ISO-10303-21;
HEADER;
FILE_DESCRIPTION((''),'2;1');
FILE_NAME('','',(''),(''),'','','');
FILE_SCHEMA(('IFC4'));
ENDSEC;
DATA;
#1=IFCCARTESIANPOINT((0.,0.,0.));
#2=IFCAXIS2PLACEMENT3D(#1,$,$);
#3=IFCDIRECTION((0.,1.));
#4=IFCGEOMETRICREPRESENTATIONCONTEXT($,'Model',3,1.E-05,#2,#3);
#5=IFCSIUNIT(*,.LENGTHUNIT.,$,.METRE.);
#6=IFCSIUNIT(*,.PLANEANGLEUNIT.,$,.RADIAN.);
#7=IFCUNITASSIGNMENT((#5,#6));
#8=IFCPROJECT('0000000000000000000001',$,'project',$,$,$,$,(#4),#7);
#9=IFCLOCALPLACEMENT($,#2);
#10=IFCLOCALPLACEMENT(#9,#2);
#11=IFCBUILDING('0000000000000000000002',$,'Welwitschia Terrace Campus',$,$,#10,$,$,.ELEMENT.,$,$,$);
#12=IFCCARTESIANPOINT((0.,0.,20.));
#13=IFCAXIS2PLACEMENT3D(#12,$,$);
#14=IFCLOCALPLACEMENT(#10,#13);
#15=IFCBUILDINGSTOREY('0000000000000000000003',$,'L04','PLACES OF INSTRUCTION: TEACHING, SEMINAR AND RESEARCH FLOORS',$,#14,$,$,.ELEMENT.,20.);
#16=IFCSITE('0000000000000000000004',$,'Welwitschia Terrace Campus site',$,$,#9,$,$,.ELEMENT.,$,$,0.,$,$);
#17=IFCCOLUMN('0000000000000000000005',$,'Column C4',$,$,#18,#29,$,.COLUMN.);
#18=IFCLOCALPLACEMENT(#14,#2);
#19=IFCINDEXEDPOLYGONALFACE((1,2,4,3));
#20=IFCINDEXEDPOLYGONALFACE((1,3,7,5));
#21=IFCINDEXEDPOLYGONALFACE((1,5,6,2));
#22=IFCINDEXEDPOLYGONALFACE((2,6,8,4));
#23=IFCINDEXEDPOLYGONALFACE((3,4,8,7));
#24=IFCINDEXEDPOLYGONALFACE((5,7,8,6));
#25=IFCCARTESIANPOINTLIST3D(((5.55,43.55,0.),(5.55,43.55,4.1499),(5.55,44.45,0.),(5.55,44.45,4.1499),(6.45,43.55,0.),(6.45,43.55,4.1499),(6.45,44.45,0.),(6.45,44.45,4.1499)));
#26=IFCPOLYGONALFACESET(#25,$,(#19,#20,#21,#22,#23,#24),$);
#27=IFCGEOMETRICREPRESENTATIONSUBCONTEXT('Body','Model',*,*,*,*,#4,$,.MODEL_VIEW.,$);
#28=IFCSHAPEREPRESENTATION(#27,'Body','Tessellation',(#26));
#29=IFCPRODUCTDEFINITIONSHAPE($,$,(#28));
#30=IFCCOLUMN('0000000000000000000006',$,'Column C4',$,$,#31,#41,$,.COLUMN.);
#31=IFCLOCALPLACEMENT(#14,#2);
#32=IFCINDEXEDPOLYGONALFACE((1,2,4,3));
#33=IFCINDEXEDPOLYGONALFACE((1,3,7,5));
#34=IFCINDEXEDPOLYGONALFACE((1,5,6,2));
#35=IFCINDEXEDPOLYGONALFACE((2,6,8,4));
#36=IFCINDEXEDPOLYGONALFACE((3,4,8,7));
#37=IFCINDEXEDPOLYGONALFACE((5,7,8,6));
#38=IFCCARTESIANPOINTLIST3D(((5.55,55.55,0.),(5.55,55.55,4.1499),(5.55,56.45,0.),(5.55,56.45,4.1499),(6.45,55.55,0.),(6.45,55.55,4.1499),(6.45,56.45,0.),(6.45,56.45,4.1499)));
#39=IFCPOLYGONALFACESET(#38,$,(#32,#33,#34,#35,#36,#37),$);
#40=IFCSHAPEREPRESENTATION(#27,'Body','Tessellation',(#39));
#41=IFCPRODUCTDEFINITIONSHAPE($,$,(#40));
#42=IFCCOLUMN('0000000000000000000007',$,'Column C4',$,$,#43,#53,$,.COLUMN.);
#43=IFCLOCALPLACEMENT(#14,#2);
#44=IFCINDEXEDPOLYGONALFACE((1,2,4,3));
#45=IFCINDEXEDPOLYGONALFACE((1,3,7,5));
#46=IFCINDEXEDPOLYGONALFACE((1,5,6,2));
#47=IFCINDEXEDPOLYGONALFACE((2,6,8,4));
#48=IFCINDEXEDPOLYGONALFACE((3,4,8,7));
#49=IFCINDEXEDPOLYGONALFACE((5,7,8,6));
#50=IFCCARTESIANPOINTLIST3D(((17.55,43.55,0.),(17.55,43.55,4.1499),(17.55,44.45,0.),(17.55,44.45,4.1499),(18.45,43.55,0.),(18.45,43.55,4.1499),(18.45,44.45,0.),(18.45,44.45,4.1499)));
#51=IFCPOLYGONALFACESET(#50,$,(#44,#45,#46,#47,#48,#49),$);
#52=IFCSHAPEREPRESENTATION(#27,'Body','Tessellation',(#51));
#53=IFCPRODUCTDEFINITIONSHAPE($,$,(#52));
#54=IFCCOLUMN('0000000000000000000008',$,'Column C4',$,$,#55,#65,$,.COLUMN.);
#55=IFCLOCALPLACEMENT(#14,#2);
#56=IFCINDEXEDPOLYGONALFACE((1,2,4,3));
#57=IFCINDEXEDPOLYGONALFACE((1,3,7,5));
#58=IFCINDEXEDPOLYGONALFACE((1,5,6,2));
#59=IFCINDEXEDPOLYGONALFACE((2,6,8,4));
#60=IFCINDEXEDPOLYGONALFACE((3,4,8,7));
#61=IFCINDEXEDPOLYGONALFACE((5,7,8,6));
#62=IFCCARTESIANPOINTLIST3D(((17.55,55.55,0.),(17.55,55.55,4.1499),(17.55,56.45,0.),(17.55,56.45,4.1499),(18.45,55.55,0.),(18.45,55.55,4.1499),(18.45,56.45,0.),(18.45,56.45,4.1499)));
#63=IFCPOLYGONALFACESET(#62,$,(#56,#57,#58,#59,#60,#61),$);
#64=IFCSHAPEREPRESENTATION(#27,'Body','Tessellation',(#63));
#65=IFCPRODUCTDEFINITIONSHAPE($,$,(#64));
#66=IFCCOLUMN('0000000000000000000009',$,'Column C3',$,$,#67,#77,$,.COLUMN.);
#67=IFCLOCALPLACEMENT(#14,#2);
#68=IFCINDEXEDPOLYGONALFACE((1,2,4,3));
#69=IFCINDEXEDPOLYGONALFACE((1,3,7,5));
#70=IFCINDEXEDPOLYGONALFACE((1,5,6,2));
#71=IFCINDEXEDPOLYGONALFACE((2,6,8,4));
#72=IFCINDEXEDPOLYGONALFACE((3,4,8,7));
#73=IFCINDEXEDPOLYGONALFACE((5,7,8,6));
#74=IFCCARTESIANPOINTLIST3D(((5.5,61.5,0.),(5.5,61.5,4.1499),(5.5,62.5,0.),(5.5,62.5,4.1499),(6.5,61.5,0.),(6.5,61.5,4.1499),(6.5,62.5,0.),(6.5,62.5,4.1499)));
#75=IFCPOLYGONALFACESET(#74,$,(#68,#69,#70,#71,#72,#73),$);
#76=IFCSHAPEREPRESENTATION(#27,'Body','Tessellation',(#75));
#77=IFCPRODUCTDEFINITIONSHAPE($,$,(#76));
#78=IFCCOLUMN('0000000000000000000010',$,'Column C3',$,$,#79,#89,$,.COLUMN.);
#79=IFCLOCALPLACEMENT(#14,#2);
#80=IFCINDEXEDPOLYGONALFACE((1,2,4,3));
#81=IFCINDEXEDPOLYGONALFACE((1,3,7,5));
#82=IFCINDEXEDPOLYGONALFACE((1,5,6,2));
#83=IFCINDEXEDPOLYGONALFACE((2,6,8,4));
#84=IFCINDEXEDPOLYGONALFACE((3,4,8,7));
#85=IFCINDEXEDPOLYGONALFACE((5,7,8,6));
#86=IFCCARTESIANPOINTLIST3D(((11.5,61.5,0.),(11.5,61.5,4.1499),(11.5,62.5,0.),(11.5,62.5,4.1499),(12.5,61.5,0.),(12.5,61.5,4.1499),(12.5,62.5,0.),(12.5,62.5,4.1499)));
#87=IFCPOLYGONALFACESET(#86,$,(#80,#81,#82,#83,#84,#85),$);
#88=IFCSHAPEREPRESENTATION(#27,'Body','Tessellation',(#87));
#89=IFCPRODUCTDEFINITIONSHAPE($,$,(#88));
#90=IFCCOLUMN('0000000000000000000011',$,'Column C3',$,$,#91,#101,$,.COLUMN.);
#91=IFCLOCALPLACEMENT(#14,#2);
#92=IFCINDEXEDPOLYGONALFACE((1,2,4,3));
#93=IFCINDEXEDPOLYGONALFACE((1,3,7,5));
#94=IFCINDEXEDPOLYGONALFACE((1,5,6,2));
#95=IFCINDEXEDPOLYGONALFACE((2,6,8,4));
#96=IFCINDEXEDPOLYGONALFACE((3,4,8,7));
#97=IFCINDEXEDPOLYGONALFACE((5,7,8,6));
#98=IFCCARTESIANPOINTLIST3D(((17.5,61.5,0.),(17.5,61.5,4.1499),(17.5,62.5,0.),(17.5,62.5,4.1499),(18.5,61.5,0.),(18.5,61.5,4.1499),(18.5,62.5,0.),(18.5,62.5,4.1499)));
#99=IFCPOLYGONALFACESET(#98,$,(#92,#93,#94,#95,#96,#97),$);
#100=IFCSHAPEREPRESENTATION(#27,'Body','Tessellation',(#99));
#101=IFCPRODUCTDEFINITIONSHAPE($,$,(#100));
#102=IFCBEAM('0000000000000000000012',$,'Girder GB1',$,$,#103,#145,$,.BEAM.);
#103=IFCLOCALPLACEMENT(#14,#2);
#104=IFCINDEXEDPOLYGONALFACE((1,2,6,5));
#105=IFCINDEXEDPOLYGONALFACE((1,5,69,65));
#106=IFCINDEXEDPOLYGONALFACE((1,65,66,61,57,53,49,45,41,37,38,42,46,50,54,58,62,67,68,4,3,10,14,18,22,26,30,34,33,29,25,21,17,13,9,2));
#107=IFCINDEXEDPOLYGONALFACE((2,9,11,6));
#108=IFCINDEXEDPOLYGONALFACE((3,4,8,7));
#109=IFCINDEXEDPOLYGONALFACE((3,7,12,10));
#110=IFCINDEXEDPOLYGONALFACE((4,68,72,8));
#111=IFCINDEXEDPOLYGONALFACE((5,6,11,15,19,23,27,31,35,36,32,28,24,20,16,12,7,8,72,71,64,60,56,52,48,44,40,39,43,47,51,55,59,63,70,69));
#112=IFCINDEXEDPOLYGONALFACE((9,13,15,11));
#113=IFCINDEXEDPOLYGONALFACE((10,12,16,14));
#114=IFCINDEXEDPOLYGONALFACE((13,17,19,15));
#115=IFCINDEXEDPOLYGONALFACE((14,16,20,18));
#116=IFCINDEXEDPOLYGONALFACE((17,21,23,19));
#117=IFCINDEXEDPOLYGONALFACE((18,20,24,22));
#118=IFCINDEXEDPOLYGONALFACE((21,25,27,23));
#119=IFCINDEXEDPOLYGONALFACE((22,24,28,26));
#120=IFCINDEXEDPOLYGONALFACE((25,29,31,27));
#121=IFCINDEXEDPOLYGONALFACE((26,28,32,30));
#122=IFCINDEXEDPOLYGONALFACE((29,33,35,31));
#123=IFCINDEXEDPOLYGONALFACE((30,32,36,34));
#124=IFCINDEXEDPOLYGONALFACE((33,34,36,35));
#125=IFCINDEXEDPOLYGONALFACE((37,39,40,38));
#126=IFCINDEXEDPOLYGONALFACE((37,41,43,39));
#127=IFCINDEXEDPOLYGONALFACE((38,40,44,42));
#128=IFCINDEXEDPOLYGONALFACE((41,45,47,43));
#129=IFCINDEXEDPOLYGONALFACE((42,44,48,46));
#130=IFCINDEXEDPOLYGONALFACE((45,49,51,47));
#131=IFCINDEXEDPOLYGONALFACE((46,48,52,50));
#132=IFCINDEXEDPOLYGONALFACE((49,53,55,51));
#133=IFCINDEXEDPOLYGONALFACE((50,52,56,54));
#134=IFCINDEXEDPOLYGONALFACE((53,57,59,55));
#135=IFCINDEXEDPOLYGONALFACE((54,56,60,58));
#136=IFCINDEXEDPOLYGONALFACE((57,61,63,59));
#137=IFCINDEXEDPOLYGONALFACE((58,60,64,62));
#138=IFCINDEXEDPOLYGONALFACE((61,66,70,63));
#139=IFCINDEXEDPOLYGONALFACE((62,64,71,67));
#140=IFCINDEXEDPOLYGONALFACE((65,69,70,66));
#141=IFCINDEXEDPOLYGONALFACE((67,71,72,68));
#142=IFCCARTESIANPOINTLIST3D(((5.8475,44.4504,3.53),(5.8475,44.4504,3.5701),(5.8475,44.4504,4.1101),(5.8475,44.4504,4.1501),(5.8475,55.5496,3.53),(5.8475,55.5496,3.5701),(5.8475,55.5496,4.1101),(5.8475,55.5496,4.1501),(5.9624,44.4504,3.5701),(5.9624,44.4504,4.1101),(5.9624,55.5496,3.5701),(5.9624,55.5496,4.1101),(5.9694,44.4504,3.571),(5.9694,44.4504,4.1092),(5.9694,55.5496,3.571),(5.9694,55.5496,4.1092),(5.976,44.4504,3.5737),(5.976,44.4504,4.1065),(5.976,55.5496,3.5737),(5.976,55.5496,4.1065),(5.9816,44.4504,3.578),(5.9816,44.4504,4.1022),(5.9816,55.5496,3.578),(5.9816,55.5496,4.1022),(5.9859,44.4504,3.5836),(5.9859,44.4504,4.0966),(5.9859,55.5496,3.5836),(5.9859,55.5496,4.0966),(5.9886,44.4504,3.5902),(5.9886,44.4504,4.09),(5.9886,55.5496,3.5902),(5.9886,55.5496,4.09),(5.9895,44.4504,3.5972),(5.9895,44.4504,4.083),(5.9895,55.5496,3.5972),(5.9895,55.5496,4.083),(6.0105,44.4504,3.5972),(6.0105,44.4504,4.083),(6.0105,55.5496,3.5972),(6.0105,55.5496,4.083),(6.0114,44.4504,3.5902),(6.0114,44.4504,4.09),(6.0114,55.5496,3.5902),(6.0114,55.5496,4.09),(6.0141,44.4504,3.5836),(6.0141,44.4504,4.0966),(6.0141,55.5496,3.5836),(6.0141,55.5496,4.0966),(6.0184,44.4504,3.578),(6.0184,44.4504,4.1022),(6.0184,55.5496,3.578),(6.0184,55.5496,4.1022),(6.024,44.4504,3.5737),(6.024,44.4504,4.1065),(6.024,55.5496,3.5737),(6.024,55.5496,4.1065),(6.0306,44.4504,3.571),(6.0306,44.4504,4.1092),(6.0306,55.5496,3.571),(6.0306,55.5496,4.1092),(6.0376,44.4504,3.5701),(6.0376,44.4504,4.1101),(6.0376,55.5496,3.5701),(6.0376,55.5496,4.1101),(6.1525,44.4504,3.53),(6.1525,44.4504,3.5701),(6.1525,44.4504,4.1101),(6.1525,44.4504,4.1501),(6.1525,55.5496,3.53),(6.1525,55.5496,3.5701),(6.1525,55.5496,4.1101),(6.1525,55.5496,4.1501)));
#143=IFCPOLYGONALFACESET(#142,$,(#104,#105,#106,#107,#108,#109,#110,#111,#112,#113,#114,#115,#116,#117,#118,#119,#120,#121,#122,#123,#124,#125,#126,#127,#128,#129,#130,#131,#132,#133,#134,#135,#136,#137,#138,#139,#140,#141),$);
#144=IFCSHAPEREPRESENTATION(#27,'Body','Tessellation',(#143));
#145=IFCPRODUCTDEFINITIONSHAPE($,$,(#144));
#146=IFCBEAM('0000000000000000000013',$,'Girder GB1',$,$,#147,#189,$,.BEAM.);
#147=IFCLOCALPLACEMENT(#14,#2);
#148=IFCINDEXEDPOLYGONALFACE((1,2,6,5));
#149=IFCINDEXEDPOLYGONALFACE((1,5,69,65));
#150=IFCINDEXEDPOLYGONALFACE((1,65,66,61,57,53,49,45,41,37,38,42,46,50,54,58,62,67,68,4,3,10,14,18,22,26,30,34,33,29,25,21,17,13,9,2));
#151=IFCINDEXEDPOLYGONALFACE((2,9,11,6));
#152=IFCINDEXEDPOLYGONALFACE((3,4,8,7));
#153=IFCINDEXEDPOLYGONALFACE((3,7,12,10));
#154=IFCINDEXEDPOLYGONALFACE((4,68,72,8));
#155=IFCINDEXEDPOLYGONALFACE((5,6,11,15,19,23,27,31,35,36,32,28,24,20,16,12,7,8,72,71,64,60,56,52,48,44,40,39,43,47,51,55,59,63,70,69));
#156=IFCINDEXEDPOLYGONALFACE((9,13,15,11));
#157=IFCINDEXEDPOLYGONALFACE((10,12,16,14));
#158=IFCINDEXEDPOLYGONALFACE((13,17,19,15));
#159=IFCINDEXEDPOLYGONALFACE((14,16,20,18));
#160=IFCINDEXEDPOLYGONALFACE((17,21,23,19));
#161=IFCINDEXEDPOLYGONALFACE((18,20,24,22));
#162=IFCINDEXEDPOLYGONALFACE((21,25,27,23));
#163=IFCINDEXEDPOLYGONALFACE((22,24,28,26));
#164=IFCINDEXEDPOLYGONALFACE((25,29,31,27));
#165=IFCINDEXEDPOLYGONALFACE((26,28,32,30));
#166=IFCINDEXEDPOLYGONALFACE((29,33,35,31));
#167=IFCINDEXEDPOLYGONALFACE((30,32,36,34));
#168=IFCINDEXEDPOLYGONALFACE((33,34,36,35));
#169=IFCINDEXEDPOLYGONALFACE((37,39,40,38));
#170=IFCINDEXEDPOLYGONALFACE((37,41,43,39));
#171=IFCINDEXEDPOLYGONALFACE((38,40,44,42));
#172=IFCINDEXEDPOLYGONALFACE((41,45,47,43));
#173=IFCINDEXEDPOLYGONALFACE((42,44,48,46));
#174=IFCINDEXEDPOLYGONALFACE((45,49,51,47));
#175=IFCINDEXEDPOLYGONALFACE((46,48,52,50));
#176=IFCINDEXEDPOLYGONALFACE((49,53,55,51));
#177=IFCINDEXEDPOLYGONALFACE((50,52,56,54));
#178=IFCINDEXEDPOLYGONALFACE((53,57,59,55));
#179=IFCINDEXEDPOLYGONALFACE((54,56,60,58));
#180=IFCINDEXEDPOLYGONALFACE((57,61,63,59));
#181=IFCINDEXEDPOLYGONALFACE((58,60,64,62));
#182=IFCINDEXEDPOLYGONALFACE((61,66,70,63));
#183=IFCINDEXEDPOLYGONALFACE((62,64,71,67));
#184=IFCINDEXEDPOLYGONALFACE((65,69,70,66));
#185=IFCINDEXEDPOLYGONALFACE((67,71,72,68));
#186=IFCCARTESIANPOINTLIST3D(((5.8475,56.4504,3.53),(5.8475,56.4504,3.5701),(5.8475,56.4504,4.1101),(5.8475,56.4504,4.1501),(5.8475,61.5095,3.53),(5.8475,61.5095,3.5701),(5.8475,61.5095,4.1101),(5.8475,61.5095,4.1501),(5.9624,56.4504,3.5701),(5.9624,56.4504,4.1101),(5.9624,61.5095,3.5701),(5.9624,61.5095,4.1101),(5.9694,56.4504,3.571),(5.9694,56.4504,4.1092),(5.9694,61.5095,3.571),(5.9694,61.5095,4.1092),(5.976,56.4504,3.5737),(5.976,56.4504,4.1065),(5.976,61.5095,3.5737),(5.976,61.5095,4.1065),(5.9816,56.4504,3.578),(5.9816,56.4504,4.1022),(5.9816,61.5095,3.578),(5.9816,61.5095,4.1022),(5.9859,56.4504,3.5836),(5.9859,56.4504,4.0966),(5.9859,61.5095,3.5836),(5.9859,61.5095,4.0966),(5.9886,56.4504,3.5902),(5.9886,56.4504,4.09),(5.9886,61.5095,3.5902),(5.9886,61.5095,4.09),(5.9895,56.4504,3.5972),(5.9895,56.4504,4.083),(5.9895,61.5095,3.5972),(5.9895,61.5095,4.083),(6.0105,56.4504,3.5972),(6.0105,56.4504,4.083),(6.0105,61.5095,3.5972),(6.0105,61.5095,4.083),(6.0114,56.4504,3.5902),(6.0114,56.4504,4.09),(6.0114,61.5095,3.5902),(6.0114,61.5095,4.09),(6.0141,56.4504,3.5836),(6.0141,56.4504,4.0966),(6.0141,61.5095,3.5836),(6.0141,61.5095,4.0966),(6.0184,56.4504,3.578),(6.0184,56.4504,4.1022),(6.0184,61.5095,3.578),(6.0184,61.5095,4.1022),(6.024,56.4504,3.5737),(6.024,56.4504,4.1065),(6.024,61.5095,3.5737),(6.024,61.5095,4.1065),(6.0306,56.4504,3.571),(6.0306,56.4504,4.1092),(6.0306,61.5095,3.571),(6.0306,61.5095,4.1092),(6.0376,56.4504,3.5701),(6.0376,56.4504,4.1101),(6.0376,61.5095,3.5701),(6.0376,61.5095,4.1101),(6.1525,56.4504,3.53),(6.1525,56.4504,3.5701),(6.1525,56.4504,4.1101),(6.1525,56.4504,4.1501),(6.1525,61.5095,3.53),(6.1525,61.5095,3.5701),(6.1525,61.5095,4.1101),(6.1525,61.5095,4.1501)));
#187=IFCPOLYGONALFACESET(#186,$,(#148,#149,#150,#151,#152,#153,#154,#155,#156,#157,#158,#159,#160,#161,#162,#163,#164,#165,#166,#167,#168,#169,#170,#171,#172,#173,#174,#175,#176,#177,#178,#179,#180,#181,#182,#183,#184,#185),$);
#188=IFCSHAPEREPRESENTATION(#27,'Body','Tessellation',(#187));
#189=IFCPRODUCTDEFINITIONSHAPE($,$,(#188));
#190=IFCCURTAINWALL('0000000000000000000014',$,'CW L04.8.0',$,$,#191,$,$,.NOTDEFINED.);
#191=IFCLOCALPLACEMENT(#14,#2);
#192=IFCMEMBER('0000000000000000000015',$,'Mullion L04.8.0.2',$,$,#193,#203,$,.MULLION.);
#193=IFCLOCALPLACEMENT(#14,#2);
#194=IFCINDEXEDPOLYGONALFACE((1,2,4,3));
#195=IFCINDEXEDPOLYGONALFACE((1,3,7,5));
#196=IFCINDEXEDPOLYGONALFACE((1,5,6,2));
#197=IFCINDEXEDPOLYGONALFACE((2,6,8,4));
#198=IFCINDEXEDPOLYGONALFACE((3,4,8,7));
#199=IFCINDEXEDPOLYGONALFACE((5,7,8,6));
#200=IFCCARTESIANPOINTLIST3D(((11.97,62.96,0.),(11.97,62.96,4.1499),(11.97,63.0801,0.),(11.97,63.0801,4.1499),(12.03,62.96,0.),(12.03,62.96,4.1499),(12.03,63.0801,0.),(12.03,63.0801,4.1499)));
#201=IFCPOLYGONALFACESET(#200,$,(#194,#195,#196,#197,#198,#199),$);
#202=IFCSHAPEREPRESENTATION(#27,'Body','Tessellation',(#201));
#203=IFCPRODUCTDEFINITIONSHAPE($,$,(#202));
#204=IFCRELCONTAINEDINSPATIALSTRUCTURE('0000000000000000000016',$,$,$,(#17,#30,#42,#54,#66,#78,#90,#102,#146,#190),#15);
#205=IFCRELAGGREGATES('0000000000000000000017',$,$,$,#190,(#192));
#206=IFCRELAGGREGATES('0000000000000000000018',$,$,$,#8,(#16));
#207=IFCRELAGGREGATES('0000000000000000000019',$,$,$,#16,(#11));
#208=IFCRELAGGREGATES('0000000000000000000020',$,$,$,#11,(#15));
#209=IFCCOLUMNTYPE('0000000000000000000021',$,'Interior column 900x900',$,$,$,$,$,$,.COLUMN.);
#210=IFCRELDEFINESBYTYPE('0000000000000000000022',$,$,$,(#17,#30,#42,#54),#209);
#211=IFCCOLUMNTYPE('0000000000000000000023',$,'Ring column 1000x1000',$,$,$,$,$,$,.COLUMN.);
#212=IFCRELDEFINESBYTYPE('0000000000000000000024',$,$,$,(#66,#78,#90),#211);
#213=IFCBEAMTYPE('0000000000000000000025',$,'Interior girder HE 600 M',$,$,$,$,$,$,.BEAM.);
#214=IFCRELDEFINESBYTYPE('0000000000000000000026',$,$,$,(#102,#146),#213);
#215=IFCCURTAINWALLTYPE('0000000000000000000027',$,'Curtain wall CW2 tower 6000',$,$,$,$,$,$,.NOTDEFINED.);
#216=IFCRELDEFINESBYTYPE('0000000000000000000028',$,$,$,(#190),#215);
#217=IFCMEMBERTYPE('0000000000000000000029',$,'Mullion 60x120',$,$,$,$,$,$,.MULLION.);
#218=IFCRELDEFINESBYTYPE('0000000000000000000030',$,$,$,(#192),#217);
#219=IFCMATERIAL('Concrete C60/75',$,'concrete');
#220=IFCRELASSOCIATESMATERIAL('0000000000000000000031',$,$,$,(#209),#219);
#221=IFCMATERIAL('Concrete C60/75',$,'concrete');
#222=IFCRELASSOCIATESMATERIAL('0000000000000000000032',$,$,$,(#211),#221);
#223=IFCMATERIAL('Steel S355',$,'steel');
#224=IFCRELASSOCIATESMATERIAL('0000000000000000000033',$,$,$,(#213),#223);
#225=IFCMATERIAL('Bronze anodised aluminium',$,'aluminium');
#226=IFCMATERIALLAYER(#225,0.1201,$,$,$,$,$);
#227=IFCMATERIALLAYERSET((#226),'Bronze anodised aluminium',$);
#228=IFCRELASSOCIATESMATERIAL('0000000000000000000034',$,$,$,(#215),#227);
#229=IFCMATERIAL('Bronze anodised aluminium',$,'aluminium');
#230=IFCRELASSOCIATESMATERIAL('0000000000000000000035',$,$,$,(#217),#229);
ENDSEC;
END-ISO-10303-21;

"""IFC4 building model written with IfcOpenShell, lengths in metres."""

from ifc_helpers import new_model, si_unit, direction, frame, origin, origin_2d, place, context, subcontext, project, spatial, rectangle, i_section, extrude, material, layer, layer_set, material_profile, profile_set, type_object, element, aggregate, save


model = new_model("IFC4")

# Units and contexts
model_context = context("Model", 3, precision=1e-05, world=origin(), true_north=direction((0.0, 1.0)))
body_context = subcontext(model_context, "Body", "Model", "MODEL_VIEW")
ifc_project = project(units=[si_unit("LENGTHUNIT", "METRE"), si_unit("PLANEANGLEUNIT", "RADIAN")], contexts=[model_context])

# Site, building, storey
site_placement = place(None, origin())
site = spatial("IfcSite", under=ifc_project, at=site_placement, Name="Welwitschia Terrace Campus site", CompositionType="ELEMENT", RefElevation=0.0)
building_placement = place(site_placement, origin())
building = spatial("IfcBuilding", under=site, at=building_placement, Name="Welwitschia Terrace Campus", CompositionType="ELEMENT")
storey_placement = place(building_placement, frame((0.0, 0.0, 20.0)))
storey = spatial("IfcBuildingStorey", under=building, at=storey_placement, Name="L04", Description="PLACES OF INSTRUCTION: TEACHING, SEMINAR AND RESEARCH FLOORS", CompositionType="ELEMENT", Elevation=20.0)

# Columns
ifc_material_1 = material(Name="Concrete C60/75", Category="concrete")
ifc_material_profile_1 = material_profile(ifc_material_1, rectangle(XDim=0.8999, YDim=0.8999, at=origin_2d()))
ifc_profile_set_1 = profile_set([ifc_material_profile_1], Name="Concrete C60/75")
column_type_1 = type_object("IfcColumnType", Name="Interior column 900x900", PredefinedType="COLUMN", material=ifc_profile_set_1)
for number, where, z_axis, x_axis, name in (
    (1, (6.0, 44.0, 0.0), (0.0, 0.0, 1.0), (1.0, 0.0, 0.0), "Column C4"),
    (2, (6.0, 56.0, 0.0), (0.0, 0.0, 1.0), (1.0, 0.0, 0.0), "Column C4"),
    (3, (18.0, 44.0, 0.0), (0.0, 0.0, 1.0), (1.0, 0.0, 0.0), "Column C4"),
    (4, (18.0, 56.0, 0.0), (0.0, 0.0, 1.0), (1.0, 0.0, 0.0), "Column C4"),
):
    element("IfcColumn", number, at=place(storey_placement, frame(where, z_axis=z_axis, x_axis=x_axis)), inside=storey, type_object=column_type_1, Name=name, PredefinedType="COLUMN", context=body_context, shape_type="SweptSolid", body=[
        extrude(rectangle(XDim=0.8999, YDim=0.8999, at=origin_2d()), origin(), (0.0, 0.0, 1.0), 4.1499),
    ])
ifc_material_2 = material(Name="Concrete C60/75", Category="concrete")
ifc_material_profile_2 = material_profile(ifc_material_2, rectangle(XDim=1.0, YDim=1.0, at=origin_2d()))
ifc_profile_set_2 = profile_set([ifc_material_profile_2], Name="Concrete C60/75")
column_type_2 = type_object("IfcColumnType", Name="Ring column 1000x1000", PredefinedType="COLUMN", material=ifc_profile_set_2)
for number, where, z_axis, x_axis, name in (
    (5, (6.0, 62.0, 0.0), (0.0, 0.0, 1.0), (1.0, 0.0, 0.0), "Column C3"),
    (6, (12.0, 62.0, 0.0), (0.0, 0.0, 1.0), (1.0, 0.0, 0.0), "Column C3"),
    (7, (18.0, 62.0, 0.0), (0.0, 0.0, 1.0), (1.0, 0.0, 0.0), "Column C3"),
):
    element("IfcColumn", number, at=place(storey_placement, frame(where, z_axis=z_axis, x_axis=x_axis)), inside=storey, type_object=column_type_2, Name=name, PredefinedType="COLUMN", context=body_context, shape_type="SweptSolid", body=[
        extrude(rectangle(XDim=1.0, YDim=1.0, at=origin_2d()), origin(), (0.0, 0.0, 1.0), 4.1499),
    ])

# Beams
ifc_material_3 = material(Name="Steel S355", Category="steel")
ifc_material_profile_3 = material_profile(ifc_material_3, i_section(OverallWidth=0.3049, OverallDepth=0.6201, WebThickness=0.021, FlangeThickness=0.04, FilletRadius=0.0271, at=origin_2d()))
ifc_profile_set_3 = profile_set([ifc_material_profile_3], Name="Steel S355")
beam_type_1 = type_object("IfcBeamType", Name="Interior girder HE 600 M", PredefinedType="BEAM", material=ifc_profile_set_3)
beam_1_placement = place(storey_placement, frame((6.0, 44.4504, 3.8401), z_axis=(0.0, 1.0, 0.0), x_axis=(-1.0, 0.0, 0.0)))
element("IfcBeam", 8, at=beam_1_placement, inside=storey, type_object=beam_type_1, Name="Girder GB1", PredefinedType="BEAM", context=body_context, shape_type="SweptSolid", body=[
    extrude(i_section(OverallWidth=0.3049, OverallDepth=0.6201, WebThickness=0.021, FlangeThickness=0.04, FilletRadius=0.0271, at=origin_2d()), origin(), (0.0, 0.0, 1.0), 11.0991),
])
beam_2_placement = place(storey_placement, frame((6.0, 56.4504, 3.8401), z_axis=(0.0, 1.0, 0.0), x_axis=(-1.0, 0.0, 0.0)))
element("IfcBeam", 9, at=beam_2_placement, inside=storey, type_object=beam_type_1, Name="Girder GB1", PredefinedType="BEAM", context=body_context, shape_type="SweptSolid", body=[
    extrude(i_section(OverallWidth=0.3049, OverallDepth=0.6201, WebThickness=0.021, FlangeThickness=0.04, FilletRadius=0.0271, at=origin_2d()), origin(), (0.0, 0.0, 1.0), 5.0591),
])

# Curtain wall, member
ifc_material_4 = material(Name="Bronze anodised aluminium", Category="aluminium")
ifc_layer_1 = layer(ifc_material_4, 0.1201)
ifc_layer_set_1 = layer_set([ifc_layer_1], Name="Bronze anodised aluminium")
curtain_wall_type = type_object("IfcCurtainWallType", Name="Curtain wall CW2 tower 6000", PredefinedType="NOTDEFINED", material=ifc_layer_set_1)
curtain_wall_placement = place(storey_placement, origin())
curtain_wall = element("IfcCurtainWall", 10, at=curtain_wall_placement, inside=storey, type_object=curtain_wall_type, Name="CW L04.8.0", PredefinedType="NOTDEFINED")
ifc_material_5 = material(Name="Bronze anodised aluminium", Category="aluminium")
ifc_material_profile_4 = material_profile(ifc_material_5, rectangle(XDim=0.1201, YDim=0.0601, at=origin_2d()))
ifc_profile_set_4 = profile_set([ifc_material_profile_4], Name="Bronze anodised aluminium")
member_type = type_object("IfcMemberType", Name="Mullion 60x120", PredefinedType="MULLION", material=ifc_profile_set_4)
member_placement = place(storey_placement, frame((12.0, 63.02, 0.0), z_axis=(0.0, 0.0, 1.0), x_axis=(0.0, -1.0, 0.0)))
member = element("IfcMember", 11, at=member_placement, type_object=member_type, Name="Mullion L04.8.0.2", PredefinedType="MULLION", context=body_context, shape_type="SweptSolid", body=[
    extrude(rectangle(XDim=0.1201, YDim=0.0601, at=origin_2d()), origin(), (0.0, 0.0, 1.0), 4.1499),
])

aggregate(curtain_wall, [member])

save(model, "model.ifc")
